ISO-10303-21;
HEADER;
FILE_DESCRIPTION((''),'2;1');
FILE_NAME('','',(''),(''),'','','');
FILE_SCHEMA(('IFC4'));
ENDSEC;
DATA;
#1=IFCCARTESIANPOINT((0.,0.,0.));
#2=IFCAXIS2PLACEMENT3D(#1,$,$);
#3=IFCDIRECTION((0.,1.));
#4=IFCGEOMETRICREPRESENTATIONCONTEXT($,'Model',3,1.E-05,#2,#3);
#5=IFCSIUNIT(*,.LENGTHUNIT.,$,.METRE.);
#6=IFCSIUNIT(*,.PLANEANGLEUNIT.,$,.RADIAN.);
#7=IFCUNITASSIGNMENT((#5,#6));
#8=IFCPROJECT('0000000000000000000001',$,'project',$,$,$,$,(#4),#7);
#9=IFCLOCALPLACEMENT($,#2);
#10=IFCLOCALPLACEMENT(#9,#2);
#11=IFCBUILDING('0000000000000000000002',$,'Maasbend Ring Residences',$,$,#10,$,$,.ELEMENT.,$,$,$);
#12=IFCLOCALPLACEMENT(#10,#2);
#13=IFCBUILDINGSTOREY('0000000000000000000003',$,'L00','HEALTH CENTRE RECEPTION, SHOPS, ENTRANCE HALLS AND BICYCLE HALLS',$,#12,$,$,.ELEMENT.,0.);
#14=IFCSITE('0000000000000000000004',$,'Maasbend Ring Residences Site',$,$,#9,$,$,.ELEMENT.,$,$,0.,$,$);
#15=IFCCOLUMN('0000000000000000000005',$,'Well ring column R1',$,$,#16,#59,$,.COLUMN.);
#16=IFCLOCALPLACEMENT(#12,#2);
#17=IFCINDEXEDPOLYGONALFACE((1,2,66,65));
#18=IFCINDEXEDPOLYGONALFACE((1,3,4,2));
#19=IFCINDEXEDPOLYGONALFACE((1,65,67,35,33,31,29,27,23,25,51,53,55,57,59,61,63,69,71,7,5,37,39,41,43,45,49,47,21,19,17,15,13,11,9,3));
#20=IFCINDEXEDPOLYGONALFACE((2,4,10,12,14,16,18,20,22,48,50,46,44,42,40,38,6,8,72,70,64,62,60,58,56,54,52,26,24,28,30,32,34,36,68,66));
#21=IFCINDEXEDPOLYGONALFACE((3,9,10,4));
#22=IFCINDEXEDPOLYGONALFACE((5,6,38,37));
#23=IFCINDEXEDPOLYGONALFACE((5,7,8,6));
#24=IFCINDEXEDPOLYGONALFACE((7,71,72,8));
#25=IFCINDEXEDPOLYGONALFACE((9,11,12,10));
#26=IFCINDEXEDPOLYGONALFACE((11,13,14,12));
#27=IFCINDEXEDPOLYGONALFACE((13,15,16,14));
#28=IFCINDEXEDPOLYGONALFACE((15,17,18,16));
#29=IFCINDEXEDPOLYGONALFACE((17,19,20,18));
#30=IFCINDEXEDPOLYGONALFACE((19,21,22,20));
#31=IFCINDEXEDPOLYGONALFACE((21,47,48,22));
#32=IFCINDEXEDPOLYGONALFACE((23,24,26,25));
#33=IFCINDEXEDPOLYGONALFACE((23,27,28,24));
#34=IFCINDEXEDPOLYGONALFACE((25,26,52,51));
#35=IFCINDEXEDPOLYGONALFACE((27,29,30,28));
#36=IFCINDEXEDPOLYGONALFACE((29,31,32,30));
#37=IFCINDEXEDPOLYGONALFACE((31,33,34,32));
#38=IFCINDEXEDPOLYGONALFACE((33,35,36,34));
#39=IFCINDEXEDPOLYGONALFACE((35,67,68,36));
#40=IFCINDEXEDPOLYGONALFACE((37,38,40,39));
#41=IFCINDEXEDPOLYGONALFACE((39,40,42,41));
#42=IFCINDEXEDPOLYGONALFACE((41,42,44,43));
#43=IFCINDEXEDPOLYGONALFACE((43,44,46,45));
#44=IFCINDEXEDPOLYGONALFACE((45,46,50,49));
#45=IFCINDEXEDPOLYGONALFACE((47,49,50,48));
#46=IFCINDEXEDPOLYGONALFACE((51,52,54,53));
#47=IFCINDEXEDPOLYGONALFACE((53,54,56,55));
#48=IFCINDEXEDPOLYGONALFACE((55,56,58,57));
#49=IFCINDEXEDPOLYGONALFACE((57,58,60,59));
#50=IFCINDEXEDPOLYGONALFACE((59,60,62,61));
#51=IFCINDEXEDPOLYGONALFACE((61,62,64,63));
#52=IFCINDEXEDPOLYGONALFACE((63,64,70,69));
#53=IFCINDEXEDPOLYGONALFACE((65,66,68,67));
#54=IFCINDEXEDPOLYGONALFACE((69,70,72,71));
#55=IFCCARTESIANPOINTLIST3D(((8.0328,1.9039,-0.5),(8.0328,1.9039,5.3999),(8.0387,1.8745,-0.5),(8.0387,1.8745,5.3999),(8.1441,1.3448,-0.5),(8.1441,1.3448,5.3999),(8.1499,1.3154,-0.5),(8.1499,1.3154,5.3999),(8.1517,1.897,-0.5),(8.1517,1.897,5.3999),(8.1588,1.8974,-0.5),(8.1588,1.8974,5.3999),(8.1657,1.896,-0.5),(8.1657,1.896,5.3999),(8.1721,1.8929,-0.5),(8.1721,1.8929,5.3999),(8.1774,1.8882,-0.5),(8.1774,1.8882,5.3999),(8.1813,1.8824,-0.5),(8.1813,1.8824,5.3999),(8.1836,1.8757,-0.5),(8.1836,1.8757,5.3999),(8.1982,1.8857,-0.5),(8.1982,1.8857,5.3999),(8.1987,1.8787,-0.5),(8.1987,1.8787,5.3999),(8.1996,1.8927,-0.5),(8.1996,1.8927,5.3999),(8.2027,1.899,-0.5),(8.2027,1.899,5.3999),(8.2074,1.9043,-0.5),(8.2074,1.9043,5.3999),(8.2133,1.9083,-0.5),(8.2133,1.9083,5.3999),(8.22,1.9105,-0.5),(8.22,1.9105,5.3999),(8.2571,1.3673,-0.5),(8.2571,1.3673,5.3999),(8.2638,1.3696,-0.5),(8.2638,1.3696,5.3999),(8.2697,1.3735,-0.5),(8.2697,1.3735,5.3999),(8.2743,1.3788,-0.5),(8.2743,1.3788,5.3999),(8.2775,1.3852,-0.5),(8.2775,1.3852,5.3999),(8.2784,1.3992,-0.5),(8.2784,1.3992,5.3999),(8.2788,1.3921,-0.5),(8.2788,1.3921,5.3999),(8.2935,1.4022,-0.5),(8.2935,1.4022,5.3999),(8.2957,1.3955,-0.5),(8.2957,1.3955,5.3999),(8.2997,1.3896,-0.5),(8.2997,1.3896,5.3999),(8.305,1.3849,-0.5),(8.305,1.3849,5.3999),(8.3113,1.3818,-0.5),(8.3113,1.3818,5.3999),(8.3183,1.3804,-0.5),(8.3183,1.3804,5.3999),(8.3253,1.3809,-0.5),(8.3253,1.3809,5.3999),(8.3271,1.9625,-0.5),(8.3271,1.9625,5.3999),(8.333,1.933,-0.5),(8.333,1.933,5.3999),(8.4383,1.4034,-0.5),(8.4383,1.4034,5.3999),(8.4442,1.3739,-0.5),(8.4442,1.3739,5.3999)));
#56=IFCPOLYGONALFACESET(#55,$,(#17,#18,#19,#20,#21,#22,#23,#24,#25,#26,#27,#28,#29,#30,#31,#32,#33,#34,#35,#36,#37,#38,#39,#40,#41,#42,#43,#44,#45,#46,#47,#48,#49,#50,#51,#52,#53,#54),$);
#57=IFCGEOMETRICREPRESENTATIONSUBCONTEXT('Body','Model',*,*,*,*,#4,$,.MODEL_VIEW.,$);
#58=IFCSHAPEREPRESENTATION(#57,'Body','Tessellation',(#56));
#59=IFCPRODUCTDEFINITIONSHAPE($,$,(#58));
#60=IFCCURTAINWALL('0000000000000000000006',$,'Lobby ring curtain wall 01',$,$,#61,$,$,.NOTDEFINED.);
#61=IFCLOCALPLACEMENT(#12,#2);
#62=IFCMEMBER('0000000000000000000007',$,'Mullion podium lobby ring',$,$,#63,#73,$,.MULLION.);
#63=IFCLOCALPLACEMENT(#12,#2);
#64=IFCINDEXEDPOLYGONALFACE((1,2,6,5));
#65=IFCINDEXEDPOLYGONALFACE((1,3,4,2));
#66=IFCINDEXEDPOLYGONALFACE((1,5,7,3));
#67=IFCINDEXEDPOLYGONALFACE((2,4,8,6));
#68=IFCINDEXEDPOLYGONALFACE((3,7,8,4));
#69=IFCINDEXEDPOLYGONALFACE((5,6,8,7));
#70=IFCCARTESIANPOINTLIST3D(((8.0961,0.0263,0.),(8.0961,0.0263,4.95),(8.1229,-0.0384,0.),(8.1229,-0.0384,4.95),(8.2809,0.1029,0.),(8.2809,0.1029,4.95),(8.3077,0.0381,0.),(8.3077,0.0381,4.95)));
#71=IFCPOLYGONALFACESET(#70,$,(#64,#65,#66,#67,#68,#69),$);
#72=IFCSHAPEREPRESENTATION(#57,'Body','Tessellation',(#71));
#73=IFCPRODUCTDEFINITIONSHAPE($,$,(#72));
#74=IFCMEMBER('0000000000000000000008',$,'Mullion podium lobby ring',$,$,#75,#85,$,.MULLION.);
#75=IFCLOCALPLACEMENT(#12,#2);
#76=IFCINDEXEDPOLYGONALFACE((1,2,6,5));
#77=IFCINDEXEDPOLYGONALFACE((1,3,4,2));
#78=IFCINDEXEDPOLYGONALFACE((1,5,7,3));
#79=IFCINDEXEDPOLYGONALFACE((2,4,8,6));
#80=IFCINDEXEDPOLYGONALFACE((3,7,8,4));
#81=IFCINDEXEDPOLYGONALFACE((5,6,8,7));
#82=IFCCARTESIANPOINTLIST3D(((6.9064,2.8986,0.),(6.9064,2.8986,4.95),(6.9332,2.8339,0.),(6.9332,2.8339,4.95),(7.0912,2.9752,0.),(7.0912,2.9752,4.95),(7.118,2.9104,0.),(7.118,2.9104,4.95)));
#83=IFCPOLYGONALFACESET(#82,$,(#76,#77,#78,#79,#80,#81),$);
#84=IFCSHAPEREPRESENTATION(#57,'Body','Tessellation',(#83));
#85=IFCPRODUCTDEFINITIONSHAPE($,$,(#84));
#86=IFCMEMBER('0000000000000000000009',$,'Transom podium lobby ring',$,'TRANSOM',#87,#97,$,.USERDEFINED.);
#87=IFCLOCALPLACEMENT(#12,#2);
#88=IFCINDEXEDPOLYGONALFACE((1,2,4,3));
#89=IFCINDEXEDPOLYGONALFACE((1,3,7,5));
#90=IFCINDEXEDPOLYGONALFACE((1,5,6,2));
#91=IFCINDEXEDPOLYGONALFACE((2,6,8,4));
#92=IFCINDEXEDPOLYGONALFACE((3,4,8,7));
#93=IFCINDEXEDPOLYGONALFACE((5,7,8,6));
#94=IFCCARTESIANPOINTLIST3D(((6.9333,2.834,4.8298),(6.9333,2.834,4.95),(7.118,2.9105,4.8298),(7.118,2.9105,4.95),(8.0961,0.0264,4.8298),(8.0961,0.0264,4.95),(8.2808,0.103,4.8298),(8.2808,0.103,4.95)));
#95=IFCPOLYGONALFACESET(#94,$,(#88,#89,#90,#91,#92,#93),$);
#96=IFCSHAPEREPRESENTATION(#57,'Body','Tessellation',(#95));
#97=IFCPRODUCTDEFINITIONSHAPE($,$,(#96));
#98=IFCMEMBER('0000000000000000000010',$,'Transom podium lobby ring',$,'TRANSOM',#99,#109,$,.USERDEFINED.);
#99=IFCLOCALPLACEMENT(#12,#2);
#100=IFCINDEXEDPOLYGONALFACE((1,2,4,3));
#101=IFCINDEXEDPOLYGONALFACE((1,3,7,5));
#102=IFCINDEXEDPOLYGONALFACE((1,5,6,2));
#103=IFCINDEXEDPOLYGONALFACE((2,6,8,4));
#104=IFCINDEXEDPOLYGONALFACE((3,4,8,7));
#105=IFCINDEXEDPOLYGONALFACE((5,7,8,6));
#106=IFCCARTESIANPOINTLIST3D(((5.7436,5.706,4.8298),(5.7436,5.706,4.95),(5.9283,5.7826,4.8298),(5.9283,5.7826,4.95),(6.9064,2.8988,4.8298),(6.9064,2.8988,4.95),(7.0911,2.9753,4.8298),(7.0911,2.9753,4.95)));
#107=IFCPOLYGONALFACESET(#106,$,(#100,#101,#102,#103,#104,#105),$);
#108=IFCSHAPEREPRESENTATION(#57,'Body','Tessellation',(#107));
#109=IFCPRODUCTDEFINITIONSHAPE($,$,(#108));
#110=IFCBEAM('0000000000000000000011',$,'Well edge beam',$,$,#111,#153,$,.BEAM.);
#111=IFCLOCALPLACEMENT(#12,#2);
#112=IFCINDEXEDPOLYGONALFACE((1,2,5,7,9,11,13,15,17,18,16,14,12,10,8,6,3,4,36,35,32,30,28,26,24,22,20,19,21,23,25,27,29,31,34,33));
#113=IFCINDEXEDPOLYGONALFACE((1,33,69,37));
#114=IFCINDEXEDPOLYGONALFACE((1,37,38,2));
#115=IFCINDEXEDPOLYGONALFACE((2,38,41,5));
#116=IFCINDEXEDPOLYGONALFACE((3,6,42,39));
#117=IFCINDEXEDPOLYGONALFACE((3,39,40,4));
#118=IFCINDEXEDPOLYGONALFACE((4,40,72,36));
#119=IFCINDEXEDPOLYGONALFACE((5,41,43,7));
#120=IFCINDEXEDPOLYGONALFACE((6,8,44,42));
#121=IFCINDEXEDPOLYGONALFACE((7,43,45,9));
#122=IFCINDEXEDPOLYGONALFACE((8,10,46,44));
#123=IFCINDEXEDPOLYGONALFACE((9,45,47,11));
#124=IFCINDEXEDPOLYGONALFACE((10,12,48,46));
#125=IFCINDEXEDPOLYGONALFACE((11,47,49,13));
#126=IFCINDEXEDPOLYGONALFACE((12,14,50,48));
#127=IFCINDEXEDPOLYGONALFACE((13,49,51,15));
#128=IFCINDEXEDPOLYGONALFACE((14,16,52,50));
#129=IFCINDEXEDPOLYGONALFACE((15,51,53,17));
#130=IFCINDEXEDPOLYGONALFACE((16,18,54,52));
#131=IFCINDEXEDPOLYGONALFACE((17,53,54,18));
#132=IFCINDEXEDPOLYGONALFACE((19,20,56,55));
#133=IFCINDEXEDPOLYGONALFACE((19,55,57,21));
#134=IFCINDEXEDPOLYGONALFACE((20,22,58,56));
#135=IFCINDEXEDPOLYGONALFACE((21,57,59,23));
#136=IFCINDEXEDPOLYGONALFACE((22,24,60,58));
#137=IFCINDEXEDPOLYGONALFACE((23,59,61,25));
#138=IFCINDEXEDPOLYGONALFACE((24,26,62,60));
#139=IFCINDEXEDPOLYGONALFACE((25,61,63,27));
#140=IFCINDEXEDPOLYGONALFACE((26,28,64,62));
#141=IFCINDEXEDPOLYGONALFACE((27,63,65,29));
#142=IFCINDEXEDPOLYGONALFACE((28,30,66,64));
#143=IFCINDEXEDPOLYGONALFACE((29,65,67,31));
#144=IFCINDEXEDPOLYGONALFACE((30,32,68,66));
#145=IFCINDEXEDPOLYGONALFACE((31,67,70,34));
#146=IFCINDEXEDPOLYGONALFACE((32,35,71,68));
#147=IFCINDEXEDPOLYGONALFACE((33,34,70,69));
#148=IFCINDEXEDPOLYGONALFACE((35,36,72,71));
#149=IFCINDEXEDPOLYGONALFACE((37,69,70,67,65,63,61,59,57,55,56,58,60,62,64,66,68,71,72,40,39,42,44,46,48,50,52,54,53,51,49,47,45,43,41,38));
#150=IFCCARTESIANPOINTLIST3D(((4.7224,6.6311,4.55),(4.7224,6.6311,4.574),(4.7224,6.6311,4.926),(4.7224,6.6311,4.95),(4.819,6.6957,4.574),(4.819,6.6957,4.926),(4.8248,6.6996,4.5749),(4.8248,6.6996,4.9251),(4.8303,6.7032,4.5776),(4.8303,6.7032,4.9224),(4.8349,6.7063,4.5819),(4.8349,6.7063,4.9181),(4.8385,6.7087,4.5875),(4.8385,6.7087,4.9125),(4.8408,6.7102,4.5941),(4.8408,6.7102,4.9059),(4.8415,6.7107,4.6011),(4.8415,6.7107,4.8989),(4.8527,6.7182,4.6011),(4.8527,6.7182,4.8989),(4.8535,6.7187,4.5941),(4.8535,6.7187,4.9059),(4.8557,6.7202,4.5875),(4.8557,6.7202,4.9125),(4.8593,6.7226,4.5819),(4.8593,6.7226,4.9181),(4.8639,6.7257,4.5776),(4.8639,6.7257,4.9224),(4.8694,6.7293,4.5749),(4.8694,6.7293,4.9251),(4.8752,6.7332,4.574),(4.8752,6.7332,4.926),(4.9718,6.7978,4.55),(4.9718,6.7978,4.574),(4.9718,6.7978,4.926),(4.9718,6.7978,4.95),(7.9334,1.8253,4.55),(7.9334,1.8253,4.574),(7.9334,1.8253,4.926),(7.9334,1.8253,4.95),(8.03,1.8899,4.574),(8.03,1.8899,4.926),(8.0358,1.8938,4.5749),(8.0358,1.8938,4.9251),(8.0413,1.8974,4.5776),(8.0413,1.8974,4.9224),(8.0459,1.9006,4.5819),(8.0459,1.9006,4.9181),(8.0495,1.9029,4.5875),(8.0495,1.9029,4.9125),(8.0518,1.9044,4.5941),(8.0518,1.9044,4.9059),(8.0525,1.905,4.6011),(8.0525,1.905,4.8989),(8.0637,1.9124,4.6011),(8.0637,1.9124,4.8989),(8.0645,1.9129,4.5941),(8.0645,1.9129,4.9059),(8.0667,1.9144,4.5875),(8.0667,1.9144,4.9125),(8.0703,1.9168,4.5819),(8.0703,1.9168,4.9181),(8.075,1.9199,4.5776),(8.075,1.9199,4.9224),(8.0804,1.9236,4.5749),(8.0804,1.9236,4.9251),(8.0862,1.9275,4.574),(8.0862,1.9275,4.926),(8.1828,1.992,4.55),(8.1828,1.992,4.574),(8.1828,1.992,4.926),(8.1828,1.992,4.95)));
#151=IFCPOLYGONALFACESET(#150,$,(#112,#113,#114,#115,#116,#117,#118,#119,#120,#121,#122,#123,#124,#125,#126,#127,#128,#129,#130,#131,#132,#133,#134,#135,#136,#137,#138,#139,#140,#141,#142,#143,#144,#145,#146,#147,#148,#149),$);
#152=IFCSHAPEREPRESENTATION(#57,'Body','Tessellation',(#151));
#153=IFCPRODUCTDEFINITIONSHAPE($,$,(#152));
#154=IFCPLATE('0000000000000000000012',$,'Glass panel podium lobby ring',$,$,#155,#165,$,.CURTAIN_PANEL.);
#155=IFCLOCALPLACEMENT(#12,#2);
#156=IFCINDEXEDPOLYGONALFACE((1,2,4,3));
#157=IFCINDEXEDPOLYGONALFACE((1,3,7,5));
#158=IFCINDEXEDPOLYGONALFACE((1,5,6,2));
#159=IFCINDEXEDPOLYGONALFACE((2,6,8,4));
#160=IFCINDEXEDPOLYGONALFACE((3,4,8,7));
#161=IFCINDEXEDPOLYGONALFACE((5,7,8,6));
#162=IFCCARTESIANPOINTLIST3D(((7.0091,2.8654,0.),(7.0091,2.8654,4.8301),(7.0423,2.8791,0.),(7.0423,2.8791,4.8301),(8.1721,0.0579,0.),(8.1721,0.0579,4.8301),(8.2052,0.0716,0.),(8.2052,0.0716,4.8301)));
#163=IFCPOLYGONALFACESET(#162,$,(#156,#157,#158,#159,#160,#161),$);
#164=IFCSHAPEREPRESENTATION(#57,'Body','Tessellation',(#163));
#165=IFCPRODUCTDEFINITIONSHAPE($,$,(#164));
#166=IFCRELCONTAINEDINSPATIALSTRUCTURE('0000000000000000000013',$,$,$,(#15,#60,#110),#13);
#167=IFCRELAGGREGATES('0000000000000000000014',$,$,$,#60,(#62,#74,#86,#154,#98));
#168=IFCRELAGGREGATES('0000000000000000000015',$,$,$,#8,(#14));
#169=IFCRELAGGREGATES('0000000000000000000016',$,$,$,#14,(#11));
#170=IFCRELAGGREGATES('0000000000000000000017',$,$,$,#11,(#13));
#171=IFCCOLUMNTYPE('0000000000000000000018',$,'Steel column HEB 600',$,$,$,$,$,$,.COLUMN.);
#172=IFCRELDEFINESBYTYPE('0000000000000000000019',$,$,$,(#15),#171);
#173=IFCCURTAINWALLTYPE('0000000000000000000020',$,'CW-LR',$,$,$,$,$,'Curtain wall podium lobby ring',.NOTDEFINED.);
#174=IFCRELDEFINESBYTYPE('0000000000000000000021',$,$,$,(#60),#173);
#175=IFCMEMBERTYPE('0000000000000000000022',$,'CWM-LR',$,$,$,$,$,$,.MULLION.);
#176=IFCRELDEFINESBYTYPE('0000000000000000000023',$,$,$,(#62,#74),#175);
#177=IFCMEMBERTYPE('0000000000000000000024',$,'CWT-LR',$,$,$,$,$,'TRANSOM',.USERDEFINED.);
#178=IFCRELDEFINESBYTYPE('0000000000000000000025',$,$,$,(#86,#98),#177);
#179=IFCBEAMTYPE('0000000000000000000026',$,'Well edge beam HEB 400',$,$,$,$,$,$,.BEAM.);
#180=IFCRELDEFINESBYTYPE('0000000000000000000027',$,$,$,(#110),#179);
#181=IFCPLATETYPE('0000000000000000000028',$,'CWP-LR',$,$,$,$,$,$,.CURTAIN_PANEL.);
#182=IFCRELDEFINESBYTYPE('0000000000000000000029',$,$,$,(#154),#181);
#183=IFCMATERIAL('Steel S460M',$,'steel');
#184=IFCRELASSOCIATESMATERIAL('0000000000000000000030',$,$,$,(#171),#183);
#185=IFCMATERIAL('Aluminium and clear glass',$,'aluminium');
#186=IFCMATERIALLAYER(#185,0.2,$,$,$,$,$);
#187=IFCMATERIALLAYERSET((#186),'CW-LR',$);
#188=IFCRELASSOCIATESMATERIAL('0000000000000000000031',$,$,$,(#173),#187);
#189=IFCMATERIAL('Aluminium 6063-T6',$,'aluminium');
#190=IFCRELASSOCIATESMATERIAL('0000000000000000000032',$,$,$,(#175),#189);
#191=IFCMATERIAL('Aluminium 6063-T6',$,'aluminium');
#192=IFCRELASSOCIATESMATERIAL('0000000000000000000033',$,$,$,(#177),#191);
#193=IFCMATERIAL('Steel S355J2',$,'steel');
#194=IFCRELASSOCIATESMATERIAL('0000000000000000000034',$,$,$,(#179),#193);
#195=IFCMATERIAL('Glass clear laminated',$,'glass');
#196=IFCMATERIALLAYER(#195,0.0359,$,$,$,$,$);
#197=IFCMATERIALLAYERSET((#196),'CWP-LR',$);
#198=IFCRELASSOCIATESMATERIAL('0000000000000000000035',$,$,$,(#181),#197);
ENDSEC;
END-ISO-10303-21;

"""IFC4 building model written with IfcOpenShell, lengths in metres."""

from ifc_helpers import new_model, si_unit, direction, frame, origin, origin_2d, place, context, subcontext, project, spatial, rectangle, i_section, extrude, material, layer, layer_set, material_profile, profile_set, type_object, element, aggregate, save


model = new_model("IFC4")

# Units and contexts
model_context = context("Model", 3, precision=1e-05, world=origin(), true_north=direction((0.0, 1.0)))
body_context = subcontext(model_context, "Body", "Model", "MODEL_VIEW")
ifc_project = project(units=[si_unit("LENGTHUNIT", "METRE"), si_unit("PLANEANGLEUNIT", "RADIAN")], contexts=[model_context])

# Site, building, storey
site_placement = place(None, origin())
site = spatial("IfcSite", under=ifc_project, at=site_placement, Name="Maasbend Ring Residences Site", CompositionType="ELEMENT", RefElevation=0.0)
building_placement = place(site_placement, origin())
building = spatial("IfcBuilding", under=site, at=building_placement, Name="Maasbend Ring Residences", CompositionType="ELEMENT")
storey_placement = place(building_placement, origin())
storey = spatial("IfcBuildingStorey", under=building, at=storey_placement, Name="L00", Description="HEALTH CENTRE RECEPTION, SHOPS, ENTRANCE HALLS AND BICYCLE HALLS", CompositionType="ELEMENT", Elevation=0.0)

# Column
ifc_material_1 = material(Name="Steel S460M", Category="steel")
ifc_material_profile_1 = material_profile(ifc_material_1, i_section(OverallWidth=0.3, OverallDepth=0.6001, WebThickness=0.0154, FlangeThickness=0.03, FilletRadius=0.0271, at=origin_2d()), Name="HEB 600")
ifc_profile_set_1 = profile_set([ifc_material_profile_1], Name="Steel S460M")
column_type = type_object("IfcColumnType", Name="Steel column HEB 600", PredefinedType="COLUMN", material=ifc_profile_set_1)
column_placement = place(storey_placement, frame((8.2385, 1.6389, -0.5), z_axis=(0.0, 0.0, 1.0), x_axis=(0.980785, 0.19509, 0.0)))
element("IfcColumn", 1, at=column_placement, inside=storey, type_object=column_type, Name="Well ring column R1", PredefinedType="COLUMN", context=body_context, shape_type="SweptSolid", body=[
    extrude(i_section(OverallWidth=0.3, OverallDepth=0.6001, WebThickness=0.0154, FlangeThickness=0.03, FilletRadius=0.0271, at=origin_2d()), origin(), (0.0, 0.0, 1.0), 5.8999),
])

# Curtain wall, members
ifc_material_2 = material(Name="Aluminium and clear glass", Category="aluminium")
ifc_layer_1 = layer(ifc_material_2, 0.2)
ifc_layer_set_1 = layer_set([ifc_layer_1], Name="CW-LR")
curtain_wall_type = type_object("IfcCurtainWallType", Name="CW-LR", ElementType="Curtain wall podium lobby ring", PredefinedType="NOTDEFINED", material=ifc_layer_set_1)
curtain_wall_placement = place(storey_placement, origin())
curtain_wall = element("IfcCurtainWall", 2, at=curtain_wall_placement, inside=storey, type_object=curtain_wall_type, Name="Lobby ring curtain wall 01", PredefinedType="NOTDEFINED")
ifc_material_3 = material(Name="Aluminium 6063-T6", Category="aluminium")
ifc_material_profile_2 = material_profile(ifc_material_3, rectangle(XDim=0.2, YDim=0.0701, at=origin_2d()), Name="AL 200x70")
ifc_profile_set_2 = profile_set([ifc_material_profile_2], Name="Aluminium 6063-T6")
member_type_1 = type_object("IfcMemberType", Name="CWM-LR", PredefinedType="MULLION", material=ifc_profile_set_2)
member_1_placement = place(storey_placement, frame((8.2019, 0.0322, 0.0), z_axis=(0.0, 0.0, 1.0), x_axis=(-0.92388, -0.382683, 0.0)))
member_1 = element("IfcMember", 3, at=member_1_placement, type_object=member_type_1, Name="Mullion podium lobby ring", PredefinedType="MULLION", context=body_context, shape_type="SweptSolid", body=[
    extrude(rectangle(XDim=0.2, YDim=0.0701, at=origin_2d()), origin(), (0.0, 0.0, 1.0), 4.95),
])
member_2_placement = place(storey_placement, frame((7.0122, 2.9045, 0.0), z_axis=(0.0, 0.0, 1.0), x_axis=(-0.92388, -0.382683, 0.0)))
member_2 = element("IfcMember", 4, at=member_2_placement, type_object=member_type_1, Name="Mullion podium lobby ring", PredefinedType="MULLION", context=body_context, shape_type="SweptSolid", body=[
    extrude(rectangle(XDim=0.2, YDim=0.0701, at=origin_2d()), origin(), (0.0, 0.0, 1.0), 4.95),
])
ifc_material_4 = material(Name="Aluminium 6063-T6", Category="aluminium")
ifc_material_profile_3 = material_profile(ifc_material_4, rectangle(XDim=0.2, YDim=0.1201, at=origin_2d()), Name="AL 200x120")
ifc_profile_set_3 = profile_set([ifc_material_profile_3], Name="Aluminium 6063-T6")
member_type_2 = type_object("IfcMemberType", Name="CWT-LR", ElementType="TRANSOM", PredefinedType="USERDEFINED", material=ifc_profile_set_3)
member_3_placement = place(storey_placement, frame((8.1885, 0.0647, 4.8899), z_axis=(-0.382652, 0.923892, 0.0), x_axis=(-0.923892, -0.382652, 0.0)))
member_3 = element("IfcMember", 5, at=member_3_placement, type_object=member_type_2, Name="Transom podium lobby ring", ObjectType="TRANSOM", PredefinedType="USERDEFINED", context=body_context, shape_type="SweptSolid", body=[
    extrude(rectangle(XDim=0.2, YDim=0.1201, at=origin_2d()), origin(), (0.0, 0.0, 1.0), 3.0388),
])
member_4_placement = place(storey_placement, frame((6.9988, 2.937, 4.8899), z_axis=(-0.382681, 0.923881, 0.0), x_axis=(-0.923881, -0.382681, 0.0)))
member_4 = element("IfcMember", 6, at=member_4_placement, type_object=member_type_2, Name="Transom podium lobby ring", ObjectType="TRANSOM", PredefinedType="USERDEFINED", context=body_context, shape_type="SweptSolid", body=[
    extrude(rectangle(XDim=0.2, YDim=0.1201, at=origin_2d()), origin(), (0.0, 0.0, 1.0), 3.0386),
])

# Beam
ifc_material_5 = material(Name="Steel S355J2", Category="steel")
ifc_material_profile_4 = material_profile(ifc_material_5, i_section(OverallWidth=0.3, OverallDepth=0.3999, WebThickness=0.0134, FlangeThickness=0.0239, FilletRadius=0.0271, at=origin_2d()), Name="HEB 400")
ifc_profile_set_4 = profile_set([ifc_material_profile_4], Name="Steel S355J2")
beam_type = type_object("IfcBeamType", Name="Well edge beam HEB 400", PredefinedType="BEAM", material=ifc_profile_set_4)
beam_placement = place(storey_placement, frame((8.0581, 1.9087, 4.75), z_axis=(-0.555558, 0.831478, 0.0), x_axis=(-0.831478, -0.555558, 0.0)))
element("IfcBeam", 7, at=beam_placement, inside=storey, type_object=beam_type, Name="Well edge beam", PredefinedType="BEAM", context=body_context, shape_type="SweptSolid", body=[
    extrude(i_section(OverallWidth=0.3, OverallDepth=0.3999, WebThickness=0.0134, FlangeThickness=0.0239, FilletRadius=0.0271, at=origin_2d()), origin(), (0.0, 0.0, 1.0), 5.7798),
])

# Plate
ifc_material_6 = material(Name="Glass clear laminated", Category="glass")
ifc_layer_2 = layer(ifc_material_6, 0.0359)
ifc_layer_set_2 = layer_set([ifc_layer_2], Name="CWP-LR")
plate_type = type_object("IfcPlateType", Name="CWP-LR", PredefinedType="CURTAIN_PANEL", material=ifc_layer_set_2)
plate_placement = place(storey_placement, frame((7.6072, 1.4685, 0.0), z_axis=(0.0, 0.0, 1.0), x_axis=(-0.382683, 0.92388, 0.0)))
plate = element("IfcPlate", 8, at=plate_placement, type_object=plate_type, Name="Glass panel podium lobby ring", PredefinedType="CURTAIN_PANEL", context=body_context, shape_type="SweptSolid", body=[
    extrude(rectangle(XDim=3.0388, YDim=0.0359, at=origin_2d()), origin(), (0.0, 0.0, 1.0), 4.8301),
])
aggregate(curtain_wall, [member_1, member_2, member_3, plate, member_4])

save(model, "model.ifc")
